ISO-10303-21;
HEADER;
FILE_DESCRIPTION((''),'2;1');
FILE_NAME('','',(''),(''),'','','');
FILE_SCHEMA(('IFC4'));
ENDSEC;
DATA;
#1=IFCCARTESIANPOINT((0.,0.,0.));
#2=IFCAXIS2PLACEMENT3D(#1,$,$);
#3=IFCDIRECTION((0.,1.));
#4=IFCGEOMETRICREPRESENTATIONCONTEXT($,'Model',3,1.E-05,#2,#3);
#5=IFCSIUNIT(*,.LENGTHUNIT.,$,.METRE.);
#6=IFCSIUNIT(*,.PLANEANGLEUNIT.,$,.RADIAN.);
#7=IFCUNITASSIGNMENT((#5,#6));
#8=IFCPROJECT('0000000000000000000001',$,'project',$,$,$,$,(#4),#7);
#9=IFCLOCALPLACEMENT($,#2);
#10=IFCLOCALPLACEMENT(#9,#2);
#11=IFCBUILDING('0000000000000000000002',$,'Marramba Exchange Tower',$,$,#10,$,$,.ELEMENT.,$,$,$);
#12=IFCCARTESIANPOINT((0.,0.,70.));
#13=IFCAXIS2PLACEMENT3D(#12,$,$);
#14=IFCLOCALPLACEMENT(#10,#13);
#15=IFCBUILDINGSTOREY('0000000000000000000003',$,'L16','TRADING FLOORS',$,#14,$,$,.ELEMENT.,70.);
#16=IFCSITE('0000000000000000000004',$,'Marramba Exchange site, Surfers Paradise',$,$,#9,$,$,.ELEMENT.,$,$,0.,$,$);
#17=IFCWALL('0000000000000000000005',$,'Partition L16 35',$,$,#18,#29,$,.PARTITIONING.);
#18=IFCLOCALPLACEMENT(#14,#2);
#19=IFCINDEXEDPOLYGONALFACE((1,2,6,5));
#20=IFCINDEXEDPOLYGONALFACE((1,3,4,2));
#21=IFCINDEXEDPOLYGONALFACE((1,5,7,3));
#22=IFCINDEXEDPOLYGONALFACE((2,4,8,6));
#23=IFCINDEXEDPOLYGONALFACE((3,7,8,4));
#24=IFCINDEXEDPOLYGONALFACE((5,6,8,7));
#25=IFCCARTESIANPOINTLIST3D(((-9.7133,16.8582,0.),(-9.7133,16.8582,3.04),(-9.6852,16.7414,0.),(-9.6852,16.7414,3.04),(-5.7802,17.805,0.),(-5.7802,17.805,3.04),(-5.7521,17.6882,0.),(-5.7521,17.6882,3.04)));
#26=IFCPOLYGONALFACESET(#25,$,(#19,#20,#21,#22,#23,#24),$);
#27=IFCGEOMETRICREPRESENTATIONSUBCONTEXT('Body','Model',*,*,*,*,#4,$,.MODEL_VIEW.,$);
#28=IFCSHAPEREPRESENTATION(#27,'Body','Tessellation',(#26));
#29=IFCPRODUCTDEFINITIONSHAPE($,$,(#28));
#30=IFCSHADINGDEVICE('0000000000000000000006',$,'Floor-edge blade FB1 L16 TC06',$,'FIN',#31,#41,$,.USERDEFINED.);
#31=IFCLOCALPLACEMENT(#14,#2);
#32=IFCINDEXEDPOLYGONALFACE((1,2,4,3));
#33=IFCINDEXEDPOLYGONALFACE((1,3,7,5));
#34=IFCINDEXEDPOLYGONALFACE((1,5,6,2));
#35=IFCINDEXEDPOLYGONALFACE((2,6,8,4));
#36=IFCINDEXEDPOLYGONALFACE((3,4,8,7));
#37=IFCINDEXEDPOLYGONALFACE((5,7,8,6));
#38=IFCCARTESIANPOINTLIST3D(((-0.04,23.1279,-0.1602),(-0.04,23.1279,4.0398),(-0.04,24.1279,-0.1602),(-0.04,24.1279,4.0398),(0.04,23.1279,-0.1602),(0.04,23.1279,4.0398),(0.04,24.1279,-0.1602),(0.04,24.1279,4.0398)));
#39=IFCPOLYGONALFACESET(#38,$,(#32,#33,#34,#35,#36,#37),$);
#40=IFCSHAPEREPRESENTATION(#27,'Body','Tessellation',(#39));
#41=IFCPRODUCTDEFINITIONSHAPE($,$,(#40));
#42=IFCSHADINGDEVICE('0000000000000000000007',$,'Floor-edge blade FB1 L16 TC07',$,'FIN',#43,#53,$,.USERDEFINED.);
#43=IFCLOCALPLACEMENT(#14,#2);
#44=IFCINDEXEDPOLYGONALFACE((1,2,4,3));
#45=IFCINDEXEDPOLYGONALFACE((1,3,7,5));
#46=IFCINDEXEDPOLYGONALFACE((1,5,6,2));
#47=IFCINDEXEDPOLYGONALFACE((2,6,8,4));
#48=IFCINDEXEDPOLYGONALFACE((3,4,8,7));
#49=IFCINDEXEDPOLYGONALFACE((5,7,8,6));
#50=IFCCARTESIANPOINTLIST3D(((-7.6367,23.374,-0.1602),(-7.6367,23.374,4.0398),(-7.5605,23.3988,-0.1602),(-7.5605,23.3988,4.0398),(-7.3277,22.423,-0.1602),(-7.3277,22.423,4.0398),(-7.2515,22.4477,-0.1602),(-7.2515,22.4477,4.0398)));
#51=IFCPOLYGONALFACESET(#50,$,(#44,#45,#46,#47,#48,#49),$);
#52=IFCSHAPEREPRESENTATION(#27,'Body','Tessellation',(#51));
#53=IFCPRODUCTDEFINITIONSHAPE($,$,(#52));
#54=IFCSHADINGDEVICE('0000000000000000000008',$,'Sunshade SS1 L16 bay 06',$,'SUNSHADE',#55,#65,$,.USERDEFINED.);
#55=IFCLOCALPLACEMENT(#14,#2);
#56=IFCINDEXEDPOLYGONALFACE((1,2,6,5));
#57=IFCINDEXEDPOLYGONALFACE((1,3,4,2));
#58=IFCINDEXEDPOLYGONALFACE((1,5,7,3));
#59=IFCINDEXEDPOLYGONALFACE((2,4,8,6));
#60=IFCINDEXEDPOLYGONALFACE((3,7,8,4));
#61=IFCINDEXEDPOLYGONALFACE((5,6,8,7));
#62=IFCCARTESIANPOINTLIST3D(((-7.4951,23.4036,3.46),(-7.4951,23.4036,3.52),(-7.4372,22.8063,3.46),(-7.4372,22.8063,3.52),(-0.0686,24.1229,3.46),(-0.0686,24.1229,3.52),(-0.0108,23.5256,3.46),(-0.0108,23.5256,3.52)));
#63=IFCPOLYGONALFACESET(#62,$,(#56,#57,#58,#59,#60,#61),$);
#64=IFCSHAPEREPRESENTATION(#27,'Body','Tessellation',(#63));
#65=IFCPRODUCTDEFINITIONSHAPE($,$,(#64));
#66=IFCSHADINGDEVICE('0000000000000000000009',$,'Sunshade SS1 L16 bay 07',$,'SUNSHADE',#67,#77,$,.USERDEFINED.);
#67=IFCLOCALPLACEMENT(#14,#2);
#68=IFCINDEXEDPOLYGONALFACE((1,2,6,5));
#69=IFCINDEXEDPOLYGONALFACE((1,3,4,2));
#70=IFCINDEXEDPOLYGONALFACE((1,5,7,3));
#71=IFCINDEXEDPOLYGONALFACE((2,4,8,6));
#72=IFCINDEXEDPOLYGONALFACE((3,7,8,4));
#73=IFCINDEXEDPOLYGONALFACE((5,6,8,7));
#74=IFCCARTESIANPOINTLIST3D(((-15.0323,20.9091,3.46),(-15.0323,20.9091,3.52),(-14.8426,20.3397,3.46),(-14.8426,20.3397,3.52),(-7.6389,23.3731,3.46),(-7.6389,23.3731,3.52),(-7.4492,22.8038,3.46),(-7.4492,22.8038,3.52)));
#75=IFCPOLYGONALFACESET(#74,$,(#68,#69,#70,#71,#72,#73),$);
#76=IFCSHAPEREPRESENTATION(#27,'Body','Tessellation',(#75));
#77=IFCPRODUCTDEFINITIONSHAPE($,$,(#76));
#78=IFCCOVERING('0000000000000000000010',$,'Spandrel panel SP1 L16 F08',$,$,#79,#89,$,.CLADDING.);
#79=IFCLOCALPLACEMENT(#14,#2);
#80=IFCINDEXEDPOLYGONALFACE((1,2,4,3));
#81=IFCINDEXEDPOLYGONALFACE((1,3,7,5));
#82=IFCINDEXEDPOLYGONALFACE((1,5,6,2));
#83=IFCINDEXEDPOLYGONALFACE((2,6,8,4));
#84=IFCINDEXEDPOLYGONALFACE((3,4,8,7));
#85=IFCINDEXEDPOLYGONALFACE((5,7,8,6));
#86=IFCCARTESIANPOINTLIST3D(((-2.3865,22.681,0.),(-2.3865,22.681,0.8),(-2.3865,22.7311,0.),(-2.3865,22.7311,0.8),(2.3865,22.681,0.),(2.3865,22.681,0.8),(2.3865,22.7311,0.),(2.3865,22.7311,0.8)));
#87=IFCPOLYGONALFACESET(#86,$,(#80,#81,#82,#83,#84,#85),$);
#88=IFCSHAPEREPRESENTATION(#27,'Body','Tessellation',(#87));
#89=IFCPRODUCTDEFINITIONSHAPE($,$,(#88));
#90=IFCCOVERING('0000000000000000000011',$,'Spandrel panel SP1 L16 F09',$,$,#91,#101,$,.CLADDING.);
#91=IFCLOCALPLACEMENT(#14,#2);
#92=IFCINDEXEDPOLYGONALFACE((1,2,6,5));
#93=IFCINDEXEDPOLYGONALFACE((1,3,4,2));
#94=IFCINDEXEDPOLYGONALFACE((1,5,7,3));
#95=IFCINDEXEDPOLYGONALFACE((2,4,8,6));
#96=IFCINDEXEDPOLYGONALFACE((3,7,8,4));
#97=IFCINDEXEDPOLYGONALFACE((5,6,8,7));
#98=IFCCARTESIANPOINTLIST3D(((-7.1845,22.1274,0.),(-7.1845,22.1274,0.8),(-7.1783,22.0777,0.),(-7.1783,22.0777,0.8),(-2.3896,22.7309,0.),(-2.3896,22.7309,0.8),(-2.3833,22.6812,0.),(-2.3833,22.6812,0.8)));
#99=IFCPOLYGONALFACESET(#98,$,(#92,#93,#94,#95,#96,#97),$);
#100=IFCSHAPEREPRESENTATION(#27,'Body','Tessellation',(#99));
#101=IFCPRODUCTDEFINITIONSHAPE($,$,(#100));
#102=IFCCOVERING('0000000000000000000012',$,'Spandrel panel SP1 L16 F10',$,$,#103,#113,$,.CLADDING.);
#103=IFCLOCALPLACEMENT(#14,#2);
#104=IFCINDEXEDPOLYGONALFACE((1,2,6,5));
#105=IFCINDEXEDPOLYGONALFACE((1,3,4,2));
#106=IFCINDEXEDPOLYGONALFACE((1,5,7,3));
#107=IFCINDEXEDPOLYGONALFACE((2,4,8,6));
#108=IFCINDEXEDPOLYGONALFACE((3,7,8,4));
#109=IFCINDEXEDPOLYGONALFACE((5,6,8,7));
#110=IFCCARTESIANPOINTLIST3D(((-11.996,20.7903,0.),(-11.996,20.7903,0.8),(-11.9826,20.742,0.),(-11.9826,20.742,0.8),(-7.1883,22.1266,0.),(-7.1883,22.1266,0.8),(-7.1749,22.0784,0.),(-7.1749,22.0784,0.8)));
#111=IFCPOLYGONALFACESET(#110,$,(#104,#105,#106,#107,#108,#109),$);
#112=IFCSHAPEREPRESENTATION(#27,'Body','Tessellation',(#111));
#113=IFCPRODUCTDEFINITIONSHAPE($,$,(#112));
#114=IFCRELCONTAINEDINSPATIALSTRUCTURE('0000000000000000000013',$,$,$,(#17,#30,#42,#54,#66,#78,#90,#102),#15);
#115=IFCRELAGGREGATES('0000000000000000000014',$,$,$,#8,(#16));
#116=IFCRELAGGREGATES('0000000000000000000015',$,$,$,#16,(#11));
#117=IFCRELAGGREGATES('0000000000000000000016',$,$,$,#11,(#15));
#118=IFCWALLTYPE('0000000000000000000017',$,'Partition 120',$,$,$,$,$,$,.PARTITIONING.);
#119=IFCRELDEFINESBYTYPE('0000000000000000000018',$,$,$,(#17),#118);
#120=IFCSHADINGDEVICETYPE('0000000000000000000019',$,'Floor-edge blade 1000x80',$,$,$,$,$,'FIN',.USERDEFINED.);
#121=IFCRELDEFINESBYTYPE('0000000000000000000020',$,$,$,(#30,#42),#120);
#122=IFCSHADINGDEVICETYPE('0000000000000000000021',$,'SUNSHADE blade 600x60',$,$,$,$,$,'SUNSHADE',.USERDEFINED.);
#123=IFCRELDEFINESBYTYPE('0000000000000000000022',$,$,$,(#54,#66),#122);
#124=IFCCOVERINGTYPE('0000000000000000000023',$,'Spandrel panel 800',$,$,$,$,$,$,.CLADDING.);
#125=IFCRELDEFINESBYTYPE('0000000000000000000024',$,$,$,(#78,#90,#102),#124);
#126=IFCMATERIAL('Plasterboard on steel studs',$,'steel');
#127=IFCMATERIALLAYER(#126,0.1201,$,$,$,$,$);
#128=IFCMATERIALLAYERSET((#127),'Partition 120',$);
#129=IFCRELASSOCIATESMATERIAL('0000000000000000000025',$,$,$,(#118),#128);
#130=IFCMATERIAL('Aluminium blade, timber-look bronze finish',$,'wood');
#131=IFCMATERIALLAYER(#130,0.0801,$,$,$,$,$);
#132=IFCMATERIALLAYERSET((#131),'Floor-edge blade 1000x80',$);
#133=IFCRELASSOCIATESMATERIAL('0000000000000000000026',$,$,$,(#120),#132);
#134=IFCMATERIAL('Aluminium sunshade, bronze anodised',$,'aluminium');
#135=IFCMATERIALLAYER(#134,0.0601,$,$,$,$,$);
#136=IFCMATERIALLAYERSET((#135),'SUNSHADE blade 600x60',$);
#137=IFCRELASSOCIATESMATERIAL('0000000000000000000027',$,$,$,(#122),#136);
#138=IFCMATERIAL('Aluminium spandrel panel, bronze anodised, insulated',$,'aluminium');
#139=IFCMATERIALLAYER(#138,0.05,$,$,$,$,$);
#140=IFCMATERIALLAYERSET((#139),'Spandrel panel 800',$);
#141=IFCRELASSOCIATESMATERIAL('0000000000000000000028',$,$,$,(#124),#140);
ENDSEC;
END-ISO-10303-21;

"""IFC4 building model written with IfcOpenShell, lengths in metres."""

from ifc_helpers import new_model, si_unit, direction, frame, frame_2d, origin, origin_2d, place, context, subcontext, project, spatial, rectangle, extrude, material, layer, layer_set, type_object, element, save


model = new_model("IFC4")

# Units and contexts
model_context = context("Model", 3, precision=1e-05, world=origin(), true_north=direction((0.0, 1.0)))
body_context = subcontext(model_context, "Body", "Model", "MODEL_VIEW")
ifc_project = project(units=[si_unit("LENGTHUNIT", "METRE"), si_unit("PLANEANGLEUNIT", "RADIAN")], contexts=[model_context])

# Site, building, storey
site_placement = place(None, origin())
site = spatial("IfcSite", under=ifc_project, at=site_placement, Name="Marramba Exchange site, Surfers Paradise", CompositionType="ELEMENT", RefElevation=0.0)
building_placement = place(site_placement, origin())
building = spatial("IfcBuilding", under=site, at=building_placement, Name="Marramba Exchange Tower", CompositionType="ELEMENT")
storey_placement = place(building_placement, frame((0.0, 0.0, 70.0)))
storey = spatial("IfcBuildingStorey", under=building, at=storey_placement, Name="L16", Description="TRADING FLOORS", CompositionType="ELEMENT", Elevation=70.0)

# Shared definitions
ifc_material_1 = material(Name="Plasterboard on steel studs", Category="steel")
ifc_layer_1 = layer(ifc_material_1, 0.1201)
ifc_layer_set_1 = layer_set([ifc_layer_1], Name="Partition 120")
wall_type = type_object("IfcWallType", Name="Partition 120", PredefinedType="PARTITIONING", material=ifc_layer_set_1)

# Wall
wall_1_placement = place(storey_placement, frame((-9.6992, 16.7998, 0.0), z_axis=(0.0, 0.0, 1.0), x_axis=(0.972228, 0.234035, 0.0)))
element("IfcWall", 1, at=wall_1_placement, inside=storey, type_object=wall_type, Name="Partition L16 35", PredefinedType="PARTITIONING", context=body_context, shape_type="SweptSolid", body=[
    extrude(rectangle(XDim=4.0454, YDim=0.1201, at=frame_2d((2.0227, 0.0))), origin(), (0.0, 0.0, 1.0), 3.04),
])

# Shading devices
ifc_material_2 = material(Name="Aluminium blade, timber-look bronze finish", Category="wood")
ifc_layer_2 = layer(ifc_material_2, 0.0801)
ifc_layer_set_2 = layer_set([ifc_layer_2], Name="Floor-edge blade 1000x80")
shading_device_type_1 = type_object("IfcShadingDeviceType", Name="Floor-edge blade 1000x80", ElementType="FIN", PredefinedType="USERDEFINED", material=ifc_layer_set_2)
for number, where, z_axis, x_axis, name in (
    (2, (0.0, 23.6279, -0.1602), (0.0, 0.0, 1.0), (0.0, 1.0, 0.0), "Floor-edge blade FB1 L16 TC06"),
    (3, (-7.4441, 22.9109, -0.1602), (0.0, 0.0, 1.0), (-0.309017, 0.951057, 0.0), "Floor-edge blade FB1 L16 TC07"),
):
    element("IfcShadingDevice", number, at=place(storey_placement, frame(where, z_axis=z_axis, x_axis=x_axis)), inside=storey, type_object=shading_device_type_1, Name=name, ObjectType="FIN", PredefinedType="USERDEFINED", context=body_context, shape_type="SweptSolid", body=[
        extrude(rectangle(XDim=1.0, YDim=0.0801, at=origin_2d()), origin(), (0.0, 0.0, 1.0), 4.2),
    ])
ifc_material_3 = material(Name="Aluminium sunshade, bronze anodised", Category="aluminium")
ifc_layer_3 = layer(ifc_material_3, 0.0601)
ifc_layer_set_3 = layer_set([ifc_layer_3], Name="SUNSHADE blade 600x60")
shading_device_type_2 = type_object("IfcShadingDeviceType", Name="SUNSHADE blade 600x60", ElementType="SUNSHADE", PredefinedType="USERDEFINED", material=ifc_layer_set_3)
shading_device_1_placement = place(storey_placement, frame((-3.7529, 23.4646, 3.46), z_axis=(0.0, 0.0, 1.0), x_axis=(-0.995343, -0.096398, 0.0)))
element("IfcShadingDevice", 4, at=shading_device_1_placement, inside=storey, type_object=shading_device_type_2, Name="Sunshade SS1 L16 bay 06", ObjectType="SUNSHADE", PredefinedType="USERDEFINED", context=body_context, shape_type="SweptSolid", body=[
    extrude(rectangle(XDim=7.4612, YDim=0.6001, at=origin_2d()), origin(), (0.0, 0.0, 1.0), 0.0601),
])
shading_device_2_placement = place(storey_placement, frame((-11.2407, 21.8564, 3.46), z_axis=(0.0, 0.0, 1.0), x_axis=(-0.948698, -0.316184, 0.0)))
element("IfcShadingDevice", 5, at=shading_device_2_placement, inside=storey, type_object=shading_device_type_2, Name="Sunshade SS1 L16 bay 07", ObjectType="SUNSHADE", PredefinedType="USERDEFINED", context=body_context, shape_type="SweptSolid", body=[
    extrude(rectangle(XDim=7.7932, YDim=0.6001, at=origin_2d()), origin(), (0.0, 0.0, 1.0), 0.0601),
])

# Coverings
ifc_material_4 = material(Name="Aluminium spandrel panel, bronze anodised, insulated", Category="aluminium")
ifc_layer_4 = layer(ifc_material_4, 0.05)
ifc_layer_set_4 = layer_set([ifc_layer_4], Name="Spandrel panel 800")
covering_type = type_object("IfcCoveringType", Name="Spandrel panel 800", PredefinedType="CLADDING", material=ifc_layer_set_4)
covering_1_placement = place(storey_placement, frame((0.0, 22.7061, 0.0), z_axis=(0.0, 0.0, 1.0), x_axis=(-1.0, 0.0, 0.0)))
element("IfcCovering", 6, at=covering_1_placement, inside=storey, type_object=covering_type, Name="Spandrel panel SP1 L16 F08", PredefinedType="CLADDING", context=body_context, shape_type="SweptSolid", body=[
    extrude(rectangle(XDim=4.7729, YDim=0.05, at=origin_2d()), origin(), (0.0, 0.0, 1.0), 0.8),
])
covering_2_placement = place(storey_placement, frame((-4.7839, 22.4043, 0.0), z_axis=(0.0, 0.0, 1.0), x_axis=(-0.992173, -0.124873, 0.0)))
element("IfcCovering", 7, at=covering_2_placement, inside=storey, type_object=covering_type, Name="Spandrel panel SP1 L16 F09", PredefinedType="CLADDING", context=body_context, shape_type="SweptSolid", body=[
    extrude(rectangle(XDim=4.8328, YDim=0.05, at=origin_2d()), origin(), (0.0, 0.0, 1.0), 0.8),
])
covering_3_placement = place(storey_placement, frame((-9.5854, 21.4343, 0.0), z_axis=(0.0, 0.0, 1.0), x_axis=(-0.963472, -0.267809, 0.0)))
element("IfcCovering", 8, at=covering_3_placement, inside=storey, type_object=covering_type, Name="Spandrel panel SP1 L16 F10", PredefinedType="CLADDING", context=body_context, shape_type="SweptSolid", body=[
    extrude(rectangle(XDim=4.99, YDim=0.05, at=origin_2d()), origin(), (0.0, 0.0, 1.0), 0.8),
])

save(model, "model.ifc")
